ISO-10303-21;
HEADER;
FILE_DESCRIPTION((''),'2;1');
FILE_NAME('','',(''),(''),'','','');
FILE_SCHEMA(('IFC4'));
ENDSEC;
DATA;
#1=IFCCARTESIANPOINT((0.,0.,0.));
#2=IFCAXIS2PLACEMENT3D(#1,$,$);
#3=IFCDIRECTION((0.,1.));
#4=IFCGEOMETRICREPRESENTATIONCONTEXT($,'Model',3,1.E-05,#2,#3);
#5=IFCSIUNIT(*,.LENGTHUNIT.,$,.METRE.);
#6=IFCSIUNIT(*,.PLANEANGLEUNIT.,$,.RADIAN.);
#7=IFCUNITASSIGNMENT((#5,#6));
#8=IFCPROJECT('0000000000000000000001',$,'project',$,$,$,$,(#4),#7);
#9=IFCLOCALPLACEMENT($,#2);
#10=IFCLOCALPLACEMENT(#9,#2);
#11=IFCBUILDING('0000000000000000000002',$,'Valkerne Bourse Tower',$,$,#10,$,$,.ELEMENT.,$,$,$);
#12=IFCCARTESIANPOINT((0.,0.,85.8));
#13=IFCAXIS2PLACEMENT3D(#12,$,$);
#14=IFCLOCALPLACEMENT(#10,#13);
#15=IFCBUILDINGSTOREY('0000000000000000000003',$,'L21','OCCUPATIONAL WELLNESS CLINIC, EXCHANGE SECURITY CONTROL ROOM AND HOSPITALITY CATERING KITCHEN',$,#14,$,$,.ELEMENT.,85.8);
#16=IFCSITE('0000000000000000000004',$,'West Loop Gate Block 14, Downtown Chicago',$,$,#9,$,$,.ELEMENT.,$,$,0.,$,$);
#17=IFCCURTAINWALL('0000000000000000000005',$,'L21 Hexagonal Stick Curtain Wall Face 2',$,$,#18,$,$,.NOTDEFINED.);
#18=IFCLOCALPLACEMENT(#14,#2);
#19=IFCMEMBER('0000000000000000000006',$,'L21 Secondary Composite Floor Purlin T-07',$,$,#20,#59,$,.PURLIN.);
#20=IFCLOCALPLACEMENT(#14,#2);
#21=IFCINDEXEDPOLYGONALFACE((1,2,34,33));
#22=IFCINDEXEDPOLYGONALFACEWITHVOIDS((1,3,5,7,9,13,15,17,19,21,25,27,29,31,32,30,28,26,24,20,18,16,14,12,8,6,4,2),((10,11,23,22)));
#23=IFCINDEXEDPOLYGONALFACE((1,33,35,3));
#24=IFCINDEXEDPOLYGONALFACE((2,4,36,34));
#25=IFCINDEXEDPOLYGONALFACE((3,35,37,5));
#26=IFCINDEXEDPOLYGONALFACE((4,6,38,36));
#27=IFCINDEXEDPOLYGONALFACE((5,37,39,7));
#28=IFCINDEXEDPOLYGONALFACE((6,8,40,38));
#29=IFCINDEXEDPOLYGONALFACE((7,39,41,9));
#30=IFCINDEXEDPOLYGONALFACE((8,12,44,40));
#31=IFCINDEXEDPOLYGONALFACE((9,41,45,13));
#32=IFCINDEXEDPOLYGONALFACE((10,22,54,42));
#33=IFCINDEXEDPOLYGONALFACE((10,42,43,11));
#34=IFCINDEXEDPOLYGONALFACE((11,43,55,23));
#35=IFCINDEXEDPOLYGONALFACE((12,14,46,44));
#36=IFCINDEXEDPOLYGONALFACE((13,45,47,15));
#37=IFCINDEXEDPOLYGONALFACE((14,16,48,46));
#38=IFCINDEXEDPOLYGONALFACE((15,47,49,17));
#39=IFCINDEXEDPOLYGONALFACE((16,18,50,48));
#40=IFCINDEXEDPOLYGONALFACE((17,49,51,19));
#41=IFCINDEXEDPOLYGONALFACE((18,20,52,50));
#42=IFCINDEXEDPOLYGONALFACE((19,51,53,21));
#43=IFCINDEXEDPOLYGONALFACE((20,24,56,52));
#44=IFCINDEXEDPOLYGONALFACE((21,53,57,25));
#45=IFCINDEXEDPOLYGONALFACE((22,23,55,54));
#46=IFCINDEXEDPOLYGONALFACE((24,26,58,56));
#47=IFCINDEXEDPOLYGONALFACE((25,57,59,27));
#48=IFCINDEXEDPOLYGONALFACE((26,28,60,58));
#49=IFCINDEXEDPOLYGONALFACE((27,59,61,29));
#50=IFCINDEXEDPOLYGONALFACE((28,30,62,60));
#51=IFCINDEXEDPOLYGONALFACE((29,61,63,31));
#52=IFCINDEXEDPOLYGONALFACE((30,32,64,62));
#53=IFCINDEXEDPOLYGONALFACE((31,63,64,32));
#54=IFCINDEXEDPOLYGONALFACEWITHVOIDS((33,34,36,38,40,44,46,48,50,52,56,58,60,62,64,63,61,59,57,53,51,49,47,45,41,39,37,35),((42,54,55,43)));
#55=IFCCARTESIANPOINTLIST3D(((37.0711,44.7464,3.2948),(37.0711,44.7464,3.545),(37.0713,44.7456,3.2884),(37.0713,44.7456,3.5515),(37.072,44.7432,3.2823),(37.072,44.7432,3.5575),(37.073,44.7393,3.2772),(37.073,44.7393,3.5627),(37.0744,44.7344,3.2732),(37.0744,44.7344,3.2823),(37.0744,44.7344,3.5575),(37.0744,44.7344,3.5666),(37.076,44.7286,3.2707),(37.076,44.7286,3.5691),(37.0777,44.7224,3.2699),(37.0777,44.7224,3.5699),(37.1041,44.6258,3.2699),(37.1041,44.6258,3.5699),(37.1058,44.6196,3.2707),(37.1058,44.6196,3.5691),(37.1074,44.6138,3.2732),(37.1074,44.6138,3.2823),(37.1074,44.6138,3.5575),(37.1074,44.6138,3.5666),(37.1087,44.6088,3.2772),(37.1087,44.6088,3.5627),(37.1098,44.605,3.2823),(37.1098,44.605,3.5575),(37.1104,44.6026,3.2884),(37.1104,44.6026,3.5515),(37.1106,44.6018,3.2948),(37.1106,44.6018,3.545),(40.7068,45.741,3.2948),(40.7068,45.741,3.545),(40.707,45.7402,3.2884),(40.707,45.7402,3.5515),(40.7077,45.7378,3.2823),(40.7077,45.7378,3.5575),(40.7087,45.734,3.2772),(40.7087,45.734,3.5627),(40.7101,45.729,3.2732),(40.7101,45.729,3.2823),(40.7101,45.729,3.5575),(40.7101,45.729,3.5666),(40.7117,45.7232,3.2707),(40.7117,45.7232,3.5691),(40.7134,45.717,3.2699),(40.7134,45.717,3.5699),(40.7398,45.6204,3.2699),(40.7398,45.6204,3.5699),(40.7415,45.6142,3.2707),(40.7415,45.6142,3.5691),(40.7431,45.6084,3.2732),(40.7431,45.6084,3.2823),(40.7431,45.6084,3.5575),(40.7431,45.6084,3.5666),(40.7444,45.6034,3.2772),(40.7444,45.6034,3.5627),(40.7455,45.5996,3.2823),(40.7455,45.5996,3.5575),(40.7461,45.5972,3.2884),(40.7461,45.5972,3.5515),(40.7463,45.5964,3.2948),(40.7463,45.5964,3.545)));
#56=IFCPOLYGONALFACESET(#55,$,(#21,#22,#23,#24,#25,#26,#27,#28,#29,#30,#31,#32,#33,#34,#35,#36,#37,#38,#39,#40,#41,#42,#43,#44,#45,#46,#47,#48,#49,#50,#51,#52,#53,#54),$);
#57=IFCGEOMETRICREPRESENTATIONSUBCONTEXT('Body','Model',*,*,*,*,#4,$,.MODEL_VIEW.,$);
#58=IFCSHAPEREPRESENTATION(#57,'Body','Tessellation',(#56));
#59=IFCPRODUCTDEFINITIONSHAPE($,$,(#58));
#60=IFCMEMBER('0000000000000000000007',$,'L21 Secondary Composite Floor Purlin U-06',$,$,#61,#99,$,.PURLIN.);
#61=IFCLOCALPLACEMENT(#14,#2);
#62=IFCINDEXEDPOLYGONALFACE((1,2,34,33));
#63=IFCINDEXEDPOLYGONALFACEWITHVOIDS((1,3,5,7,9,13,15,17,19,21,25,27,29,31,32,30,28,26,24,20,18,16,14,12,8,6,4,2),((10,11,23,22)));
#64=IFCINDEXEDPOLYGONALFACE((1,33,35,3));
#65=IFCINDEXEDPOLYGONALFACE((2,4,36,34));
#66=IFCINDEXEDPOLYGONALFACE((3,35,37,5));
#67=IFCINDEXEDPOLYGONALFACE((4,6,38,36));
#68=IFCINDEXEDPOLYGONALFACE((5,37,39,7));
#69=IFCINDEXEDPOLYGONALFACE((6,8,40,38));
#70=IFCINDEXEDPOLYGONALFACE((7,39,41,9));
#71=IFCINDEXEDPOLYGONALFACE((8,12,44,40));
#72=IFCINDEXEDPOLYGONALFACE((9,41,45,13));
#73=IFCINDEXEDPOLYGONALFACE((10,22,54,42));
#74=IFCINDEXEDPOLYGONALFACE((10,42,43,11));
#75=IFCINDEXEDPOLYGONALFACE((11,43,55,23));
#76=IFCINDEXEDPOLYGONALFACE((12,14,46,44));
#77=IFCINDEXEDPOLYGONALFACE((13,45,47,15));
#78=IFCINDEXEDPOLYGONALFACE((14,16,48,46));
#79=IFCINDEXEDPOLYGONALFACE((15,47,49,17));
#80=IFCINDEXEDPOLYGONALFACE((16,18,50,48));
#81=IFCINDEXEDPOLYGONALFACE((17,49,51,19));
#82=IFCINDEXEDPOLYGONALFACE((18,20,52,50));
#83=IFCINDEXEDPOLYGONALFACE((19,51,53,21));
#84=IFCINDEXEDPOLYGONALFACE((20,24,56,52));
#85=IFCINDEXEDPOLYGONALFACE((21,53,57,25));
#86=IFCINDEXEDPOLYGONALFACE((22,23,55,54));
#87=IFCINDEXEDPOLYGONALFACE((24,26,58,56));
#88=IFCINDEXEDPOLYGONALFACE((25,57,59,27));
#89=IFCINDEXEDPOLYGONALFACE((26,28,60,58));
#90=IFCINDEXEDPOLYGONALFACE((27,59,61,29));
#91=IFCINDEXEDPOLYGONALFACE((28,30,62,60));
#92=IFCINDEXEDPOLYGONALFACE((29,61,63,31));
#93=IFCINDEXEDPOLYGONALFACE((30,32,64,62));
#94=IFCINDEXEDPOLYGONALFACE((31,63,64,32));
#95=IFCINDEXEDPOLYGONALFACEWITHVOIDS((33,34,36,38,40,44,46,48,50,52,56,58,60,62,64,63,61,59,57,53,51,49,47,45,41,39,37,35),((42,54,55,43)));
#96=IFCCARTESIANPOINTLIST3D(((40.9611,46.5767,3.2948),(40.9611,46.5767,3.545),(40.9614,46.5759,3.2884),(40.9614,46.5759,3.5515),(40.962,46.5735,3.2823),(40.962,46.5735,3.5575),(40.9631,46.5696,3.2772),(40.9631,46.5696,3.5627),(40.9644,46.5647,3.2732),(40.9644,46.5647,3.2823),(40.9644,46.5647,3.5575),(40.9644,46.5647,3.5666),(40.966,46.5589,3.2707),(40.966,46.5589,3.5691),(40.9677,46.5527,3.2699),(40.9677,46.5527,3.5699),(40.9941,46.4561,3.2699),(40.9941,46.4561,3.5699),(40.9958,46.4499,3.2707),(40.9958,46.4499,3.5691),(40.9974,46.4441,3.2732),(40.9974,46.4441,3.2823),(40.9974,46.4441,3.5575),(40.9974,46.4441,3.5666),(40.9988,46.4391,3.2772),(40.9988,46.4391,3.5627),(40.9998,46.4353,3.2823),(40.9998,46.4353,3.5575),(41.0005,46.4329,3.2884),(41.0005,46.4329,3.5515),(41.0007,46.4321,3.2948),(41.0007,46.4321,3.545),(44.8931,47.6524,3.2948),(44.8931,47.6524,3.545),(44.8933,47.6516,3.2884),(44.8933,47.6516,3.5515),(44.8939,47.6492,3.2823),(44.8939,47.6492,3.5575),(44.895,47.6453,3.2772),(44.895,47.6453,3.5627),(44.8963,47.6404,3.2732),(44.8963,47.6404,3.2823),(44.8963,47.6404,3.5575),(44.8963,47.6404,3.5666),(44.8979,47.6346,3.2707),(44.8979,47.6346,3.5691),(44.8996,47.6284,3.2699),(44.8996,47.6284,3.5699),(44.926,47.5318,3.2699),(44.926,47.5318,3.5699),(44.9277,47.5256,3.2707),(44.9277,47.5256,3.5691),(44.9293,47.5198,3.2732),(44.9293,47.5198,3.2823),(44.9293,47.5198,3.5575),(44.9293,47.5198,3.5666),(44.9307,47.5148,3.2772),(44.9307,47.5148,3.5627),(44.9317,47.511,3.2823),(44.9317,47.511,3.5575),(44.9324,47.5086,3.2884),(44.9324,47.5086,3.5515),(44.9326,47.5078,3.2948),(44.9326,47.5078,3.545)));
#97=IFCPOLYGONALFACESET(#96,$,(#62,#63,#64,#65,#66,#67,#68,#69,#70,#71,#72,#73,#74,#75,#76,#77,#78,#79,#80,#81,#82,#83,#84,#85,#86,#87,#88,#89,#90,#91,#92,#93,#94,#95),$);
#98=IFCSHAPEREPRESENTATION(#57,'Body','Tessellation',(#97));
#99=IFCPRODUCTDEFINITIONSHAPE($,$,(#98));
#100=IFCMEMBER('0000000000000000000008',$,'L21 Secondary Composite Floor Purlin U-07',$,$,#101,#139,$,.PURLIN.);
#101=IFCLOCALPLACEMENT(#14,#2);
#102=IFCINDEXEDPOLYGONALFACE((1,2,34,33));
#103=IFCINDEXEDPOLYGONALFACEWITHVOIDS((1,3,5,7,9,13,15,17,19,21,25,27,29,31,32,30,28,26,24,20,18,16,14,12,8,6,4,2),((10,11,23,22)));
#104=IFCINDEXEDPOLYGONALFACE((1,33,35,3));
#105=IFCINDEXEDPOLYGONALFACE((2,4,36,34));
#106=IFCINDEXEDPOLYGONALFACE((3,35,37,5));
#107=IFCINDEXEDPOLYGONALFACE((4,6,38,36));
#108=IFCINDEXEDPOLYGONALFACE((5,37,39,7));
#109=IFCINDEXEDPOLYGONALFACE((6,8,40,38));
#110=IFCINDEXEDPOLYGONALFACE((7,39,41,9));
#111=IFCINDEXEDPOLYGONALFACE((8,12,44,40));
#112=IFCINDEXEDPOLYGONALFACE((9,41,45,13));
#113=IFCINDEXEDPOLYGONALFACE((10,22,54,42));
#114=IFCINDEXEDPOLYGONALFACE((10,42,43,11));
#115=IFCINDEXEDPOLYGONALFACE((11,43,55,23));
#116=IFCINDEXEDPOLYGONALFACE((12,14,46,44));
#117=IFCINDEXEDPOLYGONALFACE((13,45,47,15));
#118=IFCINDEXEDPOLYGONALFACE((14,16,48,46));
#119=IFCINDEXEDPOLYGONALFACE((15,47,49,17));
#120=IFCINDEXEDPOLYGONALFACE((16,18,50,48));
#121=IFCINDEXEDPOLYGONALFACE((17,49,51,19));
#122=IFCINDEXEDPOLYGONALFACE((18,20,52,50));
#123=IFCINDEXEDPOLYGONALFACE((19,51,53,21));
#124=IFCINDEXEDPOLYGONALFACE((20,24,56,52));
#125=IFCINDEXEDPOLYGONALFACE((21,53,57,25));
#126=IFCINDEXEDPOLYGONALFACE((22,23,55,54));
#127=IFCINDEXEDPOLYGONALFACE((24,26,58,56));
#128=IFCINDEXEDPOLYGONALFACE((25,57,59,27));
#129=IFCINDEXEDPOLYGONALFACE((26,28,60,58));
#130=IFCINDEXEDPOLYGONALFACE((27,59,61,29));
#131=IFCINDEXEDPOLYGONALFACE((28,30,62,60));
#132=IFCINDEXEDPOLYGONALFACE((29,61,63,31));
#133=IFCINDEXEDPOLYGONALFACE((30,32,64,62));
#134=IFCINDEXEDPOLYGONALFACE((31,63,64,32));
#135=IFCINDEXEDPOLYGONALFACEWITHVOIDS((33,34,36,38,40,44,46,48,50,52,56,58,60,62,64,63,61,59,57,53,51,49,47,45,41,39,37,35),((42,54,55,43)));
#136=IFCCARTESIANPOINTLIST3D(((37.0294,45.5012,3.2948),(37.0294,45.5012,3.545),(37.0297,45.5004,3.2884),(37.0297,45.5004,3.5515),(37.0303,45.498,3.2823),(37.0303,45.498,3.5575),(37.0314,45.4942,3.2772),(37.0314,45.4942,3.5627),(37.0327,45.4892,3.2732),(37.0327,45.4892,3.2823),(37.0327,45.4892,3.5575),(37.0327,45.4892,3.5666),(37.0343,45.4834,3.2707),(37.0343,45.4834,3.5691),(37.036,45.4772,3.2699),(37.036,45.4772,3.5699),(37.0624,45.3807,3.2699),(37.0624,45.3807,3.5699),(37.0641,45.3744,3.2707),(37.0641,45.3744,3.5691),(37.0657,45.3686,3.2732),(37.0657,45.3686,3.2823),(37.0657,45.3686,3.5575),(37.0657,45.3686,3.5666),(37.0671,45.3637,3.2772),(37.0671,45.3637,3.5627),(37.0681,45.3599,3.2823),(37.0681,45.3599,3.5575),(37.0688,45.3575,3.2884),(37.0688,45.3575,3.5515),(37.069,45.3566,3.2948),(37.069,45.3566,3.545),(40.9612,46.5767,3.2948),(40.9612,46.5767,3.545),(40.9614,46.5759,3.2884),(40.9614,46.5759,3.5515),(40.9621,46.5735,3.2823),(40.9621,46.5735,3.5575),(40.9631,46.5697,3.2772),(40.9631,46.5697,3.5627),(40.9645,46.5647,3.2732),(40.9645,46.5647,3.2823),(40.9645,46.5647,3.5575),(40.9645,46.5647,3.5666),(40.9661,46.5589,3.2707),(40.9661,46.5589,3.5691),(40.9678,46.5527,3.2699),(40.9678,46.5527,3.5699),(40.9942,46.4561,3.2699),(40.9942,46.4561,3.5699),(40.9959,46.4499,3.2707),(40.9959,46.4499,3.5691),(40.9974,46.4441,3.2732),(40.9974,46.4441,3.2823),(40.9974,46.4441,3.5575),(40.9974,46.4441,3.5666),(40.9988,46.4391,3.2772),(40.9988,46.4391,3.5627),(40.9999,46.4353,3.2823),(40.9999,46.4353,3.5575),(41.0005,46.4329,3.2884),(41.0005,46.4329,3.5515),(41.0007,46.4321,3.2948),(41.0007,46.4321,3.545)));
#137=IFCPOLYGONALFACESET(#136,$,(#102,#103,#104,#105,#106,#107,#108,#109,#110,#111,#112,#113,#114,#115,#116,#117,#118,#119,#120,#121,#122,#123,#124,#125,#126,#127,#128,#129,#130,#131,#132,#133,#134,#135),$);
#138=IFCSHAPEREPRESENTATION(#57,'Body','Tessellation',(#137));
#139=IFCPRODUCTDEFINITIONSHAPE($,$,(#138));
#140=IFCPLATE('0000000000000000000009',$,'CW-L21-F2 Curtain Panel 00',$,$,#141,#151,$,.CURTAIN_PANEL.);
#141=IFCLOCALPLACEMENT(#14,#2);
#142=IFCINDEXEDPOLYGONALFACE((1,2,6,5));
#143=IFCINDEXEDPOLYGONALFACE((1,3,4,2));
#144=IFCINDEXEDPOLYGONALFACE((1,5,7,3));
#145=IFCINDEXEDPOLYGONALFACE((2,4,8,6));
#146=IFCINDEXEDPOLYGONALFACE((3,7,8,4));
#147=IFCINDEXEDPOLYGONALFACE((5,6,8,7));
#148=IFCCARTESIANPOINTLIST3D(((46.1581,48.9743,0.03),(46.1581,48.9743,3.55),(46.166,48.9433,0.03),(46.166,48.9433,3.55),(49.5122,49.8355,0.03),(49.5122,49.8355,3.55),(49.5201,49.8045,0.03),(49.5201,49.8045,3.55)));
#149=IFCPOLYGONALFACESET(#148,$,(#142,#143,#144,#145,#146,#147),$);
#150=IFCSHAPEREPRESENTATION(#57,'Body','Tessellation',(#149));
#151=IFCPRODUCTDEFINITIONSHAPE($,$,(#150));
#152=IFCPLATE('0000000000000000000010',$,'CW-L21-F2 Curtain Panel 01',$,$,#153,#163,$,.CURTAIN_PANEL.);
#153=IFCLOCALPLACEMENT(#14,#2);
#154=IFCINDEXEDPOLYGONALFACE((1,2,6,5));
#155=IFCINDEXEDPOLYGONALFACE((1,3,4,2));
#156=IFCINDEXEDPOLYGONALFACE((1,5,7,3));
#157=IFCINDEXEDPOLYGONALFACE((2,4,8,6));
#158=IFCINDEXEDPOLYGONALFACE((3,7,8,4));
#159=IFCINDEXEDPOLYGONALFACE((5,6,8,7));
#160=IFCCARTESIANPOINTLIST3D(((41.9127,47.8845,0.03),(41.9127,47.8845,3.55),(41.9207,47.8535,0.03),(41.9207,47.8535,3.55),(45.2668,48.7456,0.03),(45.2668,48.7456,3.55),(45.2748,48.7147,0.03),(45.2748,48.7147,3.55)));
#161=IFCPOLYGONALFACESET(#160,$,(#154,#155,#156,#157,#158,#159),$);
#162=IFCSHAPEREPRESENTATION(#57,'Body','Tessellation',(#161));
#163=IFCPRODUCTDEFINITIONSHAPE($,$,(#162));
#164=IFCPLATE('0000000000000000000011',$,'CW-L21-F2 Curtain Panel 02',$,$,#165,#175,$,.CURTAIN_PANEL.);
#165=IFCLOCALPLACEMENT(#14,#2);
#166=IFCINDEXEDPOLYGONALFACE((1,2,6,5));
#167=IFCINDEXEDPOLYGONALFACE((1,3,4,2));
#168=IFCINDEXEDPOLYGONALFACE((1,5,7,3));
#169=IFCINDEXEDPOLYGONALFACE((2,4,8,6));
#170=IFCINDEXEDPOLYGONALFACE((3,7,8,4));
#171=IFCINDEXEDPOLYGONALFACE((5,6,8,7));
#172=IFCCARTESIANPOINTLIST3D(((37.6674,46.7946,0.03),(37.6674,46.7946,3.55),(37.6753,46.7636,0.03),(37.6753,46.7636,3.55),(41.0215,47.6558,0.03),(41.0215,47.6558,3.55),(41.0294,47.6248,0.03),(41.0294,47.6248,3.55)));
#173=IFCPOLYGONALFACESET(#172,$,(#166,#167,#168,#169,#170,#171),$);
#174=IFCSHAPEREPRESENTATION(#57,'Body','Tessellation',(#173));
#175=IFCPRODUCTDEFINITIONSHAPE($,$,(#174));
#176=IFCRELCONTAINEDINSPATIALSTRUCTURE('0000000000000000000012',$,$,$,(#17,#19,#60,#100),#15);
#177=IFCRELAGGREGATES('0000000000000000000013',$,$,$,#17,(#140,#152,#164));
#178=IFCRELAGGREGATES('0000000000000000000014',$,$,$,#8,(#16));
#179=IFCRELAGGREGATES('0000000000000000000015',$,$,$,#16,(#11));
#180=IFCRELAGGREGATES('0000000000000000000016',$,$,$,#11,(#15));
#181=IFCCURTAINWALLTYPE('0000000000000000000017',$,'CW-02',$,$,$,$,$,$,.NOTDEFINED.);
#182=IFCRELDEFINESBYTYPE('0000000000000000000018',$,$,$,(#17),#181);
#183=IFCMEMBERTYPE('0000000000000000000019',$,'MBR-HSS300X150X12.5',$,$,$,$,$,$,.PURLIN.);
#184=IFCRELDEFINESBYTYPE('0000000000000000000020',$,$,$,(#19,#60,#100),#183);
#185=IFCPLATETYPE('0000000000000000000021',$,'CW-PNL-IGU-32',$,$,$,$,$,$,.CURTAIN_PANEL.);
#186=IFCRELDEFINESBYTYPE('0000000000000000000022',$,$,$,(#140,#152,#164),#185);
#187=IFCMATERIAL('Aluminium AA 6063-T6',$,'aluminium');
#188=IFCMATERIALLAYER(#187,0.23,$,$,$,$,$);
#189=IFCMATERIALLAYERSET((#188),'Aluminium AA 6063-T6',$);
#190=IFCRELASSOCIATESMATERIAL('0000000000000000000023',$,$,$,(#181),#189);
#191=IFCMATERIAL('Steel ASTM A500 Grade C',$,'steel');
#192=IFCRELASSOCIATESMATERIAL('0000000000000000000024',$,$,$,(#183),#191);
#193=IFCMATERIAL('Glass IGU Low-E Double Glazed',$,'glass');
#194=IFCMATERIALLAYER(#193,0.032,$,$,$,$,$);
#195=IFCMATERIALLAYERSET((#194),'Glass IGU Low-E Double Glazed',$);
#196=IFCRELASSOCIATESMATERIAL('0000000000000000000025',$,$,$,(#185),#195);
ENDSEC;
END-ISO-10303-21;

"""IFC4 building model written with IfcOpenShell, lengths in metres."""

from ifc_helpers import new_model, si_unit, direction, frame, origin, origin_2d, place, context, subcontext, project, spatial, rectangle, hollow_rectangle, extrude, material, layer, layer_set, material_profile, profile_set, type_object, element, aggregate, save


model = new_model("IFC4")

# Units and contexts
model_context = context("Model", 3, precision=1e-05, world=origin(), true_north=direction((0.0, 1.0)))
body_context = subcontext(model_context, "Body", "Model", "MODEL_VIEW")
ifc_project = project(units=[si_unit("LENGTHUNIT", "METRE"), si_unit("PLANEANGLEUNIT", "RADIAN")], contexts=[model_context])

# Site, building, storey
site_placement = place(None, origin())
site = spatial("IfcSite", under=ifc_project, at=site_placement, Name="West Loop Gate Block 14, Downtown Chicago", CompositionType="ELEMENT", RefElevation=0.0)
building_placement = place(site_placement, origin())
building = spatial("IfcBuilding", under=site, at=building_placement, Name="Valkerne Bourse Tower", CompositionType="ELEMENT")
storey_placement = place(building_placement, frame((0.0, 0.0, 85.8)))
storey = spatial("IfcBuildingStorey", under=building, at=storey_placement, Name="L21", Description="OCCUPATIONAL WELLNESS CLINIC, EXCHANGE SECURITY CONTROL ROOM AND HOSPITALITY CATERING KITCHEN", CompositionType="ELEMENT", Elevation=85.8)

# Curtain wall
ifc_material_1 = material(Name="Aluminium AA 6063-T6", Category="aluminium")
ifc_layer_1 = layer(ifc_material_1, 0.23)
ifc_layer_set_1 = layer_set([ifc_layer_1], Name="Aluminium AA 6063-T6")
curtain_wall_type = type_object("IfcCurtainWallType", Name="CW-02", PredefinedType="NOTDEFINED", material=ifc_layer_set_1)
curtain_wall_placement = place(storey_placement, origin())
curtain_wall = element("IfcCurtainWall", 1, at=curtain_wall_placement, inside=storey, type_object=curtain_wall_type, Name="L21 Hexagonal Stick Curtain Wall Face 2", PredefinedType="NOTDEFINED")

# Members
ifc_material_2 = material(Name="Steel ASTM A500 Grade C", Category="steel")
ifc_material_profile_1 = material_profile(ifc_material_2, hollow_rectangle(XDim=0.1499, YDim=0.3, WallThickness=0.0125, OuterFilletRadius=0.0249, at=origin_2d()), Name="HSS300X150X12.5")
ifc_profile_set_1 = profile_set([ifc_material_profile_1], Name="Steel ASTM A500 Grade C")
member_type_1 = type_object("IfcMemberType", Name="MBR-HSS300X150X12.5", PredefinedType="PURLIN", material=ifc_profile_set_1)
for number, where, z_axis, x_axis, name in (
    (2, (40.7266, 45.6687, 3.4199), (-0.964557, -0.263874, 0.0), (0.263874, -0.964557, 0.0), "L21 Secondary Composite Floor Purlin T-07"),
):
    element("IfcMember", number, at=place(storey_placement, frame(where, z_axis=z_axis, x_axis=x_axis)), inside=storey, type_object=member_type_1, Name=name, PredefinedType="PURLIN", context=body_context, shape_type="SweptSolid", body=[
        extrude(hollow_rectangle(XDim=0.1499, YDim=0.3, WallThickness=0.0125, OuterFilletRadius=0.0249, at=origin_2d()), origin(), (0.0, 0.0, 1.0), 3.7693),
    ])
member_1_placement = place(storey_placement, frame((44.9128, 47.5801, 3.4199), z_axis=(-0.964555, -0.263883, 0.0), x_axis=(0.263883, -0.964555, 0.0)))
element("IfcMember", 3, at=member_1_placement, inside=storey, type_object=member_type_1, Name="L21 Secondary Composite Floor Purlin U-06", PredefinedType="PURLIN", context=body_context, shape_type="SweptSolid", body=[
    extrude(hollow_rectangle(XDim=0.1499, YDim=0.3, WallThickness=0.0125, OuterFilletRadius=0.0249, at=origin_2d()), origin(), (0.0, 0.0, 1.0), 4.0764),
])
member_2_placement = place(storey_placement, frame((40.981, 46.5044, 3.4199), z_axis=(-0.964566, -0.263842, 0.0), x_axis=(0.263842, -0.964566, 0.0)))
element("IfcMember", 4, at=member_2_placement, inside=storey, type_object=member_type_1, Name="L21 Secondary Composite Floor Purlin U-07", PredefinedType="PURLIN", context=body_context, shape_type="SweptSolid", body=[
    extrude(hollow_rectangle(XDim=0.1499, YDim=0.3, WallThickness=0.0125, OuterFilletRadius=0.0249, at=origin_2d()), origin(), (0.0, 0.0, 1.0), 4.0762),
])

# Plates
ifc_material_3 = material(Name="Glass IGU Low-E Double Glazed", Category="glass")
ifc_layer_2 = layer(ifc_material_3, 0.032)
ifc_layer_set_2 = layer_set([ifc_layer_2], Name="Glass IGU Low-E Double Glazed")
plate_type = type_object("IfcPlateType", Name="CW-PNL-IGU-32", PredefinedType="CURTAIN_PANEL", material=ifc_layer_set_2)
plate_1_placement = place(storey_placement, frame((47.8391, 49.3894, 0.03), z_axis=(0.0, 0.0, 1.0), x_axis=(-0.968584, -0.248688, 0.0)))
plate_1 = element("IfcPlate", 5, at=plate_1_placement, type_object=plate_type, Name="CW-L21-F2 Curtain Panel 00", PredefinedType="CURTAIN_PANEL", context=body_context, shape_type="SweptSolid", body=[
    extrude(rectangle(XDim=3.4629, YDim=0.032, at=origin_2d()), origin(), (0.0, 0.0, 1.0), 3.52),
])
plate_2_placement = place(storey_placement, frame((43.5938, 48.2996, 0.03), z_axis=(0.0, 0.0, 1.0), x_axis=(-0.968584, -0.248688, 0.0)))
plate_2 = element("IfcPlate", 6, at=plate_2_placement, type_object=plate_type, Name="CW-L21-F2 Curtain Panel 01", PredefinedType="CURTAIN_PANEL", context=body_context, shape_type="SweptSolid", body=[
    extrude(rectangle(XDim=3.4629, YDim=0.032, at=origin_2d()), origin(), (0.0, 0.0, 1.0), 3.52),
])
plate_3_placement = place(storey_placement, frame((39.3484, 47.2097, 0.03), z_axis=(0.0, 0.0, 1.0), x_axis=(-0.968584, -0.248688, 0.0)))
plate_3 = element("IfcPlate", 7, at=plate_3_placement, type_object=plate_type, Name="CW-L21-F2 Curtain Panel 02", PredefinedType="CURTAIN_PANEL", context=body_context, shape_type="SweptSolid", body=[
    extrude(rectangle(XDim=3.4629, YDim=0.032, at=origin_2d()), origin(), (0.0, 0.0, 1.0), 3.52),
])
aggregate(curtain_wall, [plate_1, plate_2, plate_3])

save(model, "model.ifc")
